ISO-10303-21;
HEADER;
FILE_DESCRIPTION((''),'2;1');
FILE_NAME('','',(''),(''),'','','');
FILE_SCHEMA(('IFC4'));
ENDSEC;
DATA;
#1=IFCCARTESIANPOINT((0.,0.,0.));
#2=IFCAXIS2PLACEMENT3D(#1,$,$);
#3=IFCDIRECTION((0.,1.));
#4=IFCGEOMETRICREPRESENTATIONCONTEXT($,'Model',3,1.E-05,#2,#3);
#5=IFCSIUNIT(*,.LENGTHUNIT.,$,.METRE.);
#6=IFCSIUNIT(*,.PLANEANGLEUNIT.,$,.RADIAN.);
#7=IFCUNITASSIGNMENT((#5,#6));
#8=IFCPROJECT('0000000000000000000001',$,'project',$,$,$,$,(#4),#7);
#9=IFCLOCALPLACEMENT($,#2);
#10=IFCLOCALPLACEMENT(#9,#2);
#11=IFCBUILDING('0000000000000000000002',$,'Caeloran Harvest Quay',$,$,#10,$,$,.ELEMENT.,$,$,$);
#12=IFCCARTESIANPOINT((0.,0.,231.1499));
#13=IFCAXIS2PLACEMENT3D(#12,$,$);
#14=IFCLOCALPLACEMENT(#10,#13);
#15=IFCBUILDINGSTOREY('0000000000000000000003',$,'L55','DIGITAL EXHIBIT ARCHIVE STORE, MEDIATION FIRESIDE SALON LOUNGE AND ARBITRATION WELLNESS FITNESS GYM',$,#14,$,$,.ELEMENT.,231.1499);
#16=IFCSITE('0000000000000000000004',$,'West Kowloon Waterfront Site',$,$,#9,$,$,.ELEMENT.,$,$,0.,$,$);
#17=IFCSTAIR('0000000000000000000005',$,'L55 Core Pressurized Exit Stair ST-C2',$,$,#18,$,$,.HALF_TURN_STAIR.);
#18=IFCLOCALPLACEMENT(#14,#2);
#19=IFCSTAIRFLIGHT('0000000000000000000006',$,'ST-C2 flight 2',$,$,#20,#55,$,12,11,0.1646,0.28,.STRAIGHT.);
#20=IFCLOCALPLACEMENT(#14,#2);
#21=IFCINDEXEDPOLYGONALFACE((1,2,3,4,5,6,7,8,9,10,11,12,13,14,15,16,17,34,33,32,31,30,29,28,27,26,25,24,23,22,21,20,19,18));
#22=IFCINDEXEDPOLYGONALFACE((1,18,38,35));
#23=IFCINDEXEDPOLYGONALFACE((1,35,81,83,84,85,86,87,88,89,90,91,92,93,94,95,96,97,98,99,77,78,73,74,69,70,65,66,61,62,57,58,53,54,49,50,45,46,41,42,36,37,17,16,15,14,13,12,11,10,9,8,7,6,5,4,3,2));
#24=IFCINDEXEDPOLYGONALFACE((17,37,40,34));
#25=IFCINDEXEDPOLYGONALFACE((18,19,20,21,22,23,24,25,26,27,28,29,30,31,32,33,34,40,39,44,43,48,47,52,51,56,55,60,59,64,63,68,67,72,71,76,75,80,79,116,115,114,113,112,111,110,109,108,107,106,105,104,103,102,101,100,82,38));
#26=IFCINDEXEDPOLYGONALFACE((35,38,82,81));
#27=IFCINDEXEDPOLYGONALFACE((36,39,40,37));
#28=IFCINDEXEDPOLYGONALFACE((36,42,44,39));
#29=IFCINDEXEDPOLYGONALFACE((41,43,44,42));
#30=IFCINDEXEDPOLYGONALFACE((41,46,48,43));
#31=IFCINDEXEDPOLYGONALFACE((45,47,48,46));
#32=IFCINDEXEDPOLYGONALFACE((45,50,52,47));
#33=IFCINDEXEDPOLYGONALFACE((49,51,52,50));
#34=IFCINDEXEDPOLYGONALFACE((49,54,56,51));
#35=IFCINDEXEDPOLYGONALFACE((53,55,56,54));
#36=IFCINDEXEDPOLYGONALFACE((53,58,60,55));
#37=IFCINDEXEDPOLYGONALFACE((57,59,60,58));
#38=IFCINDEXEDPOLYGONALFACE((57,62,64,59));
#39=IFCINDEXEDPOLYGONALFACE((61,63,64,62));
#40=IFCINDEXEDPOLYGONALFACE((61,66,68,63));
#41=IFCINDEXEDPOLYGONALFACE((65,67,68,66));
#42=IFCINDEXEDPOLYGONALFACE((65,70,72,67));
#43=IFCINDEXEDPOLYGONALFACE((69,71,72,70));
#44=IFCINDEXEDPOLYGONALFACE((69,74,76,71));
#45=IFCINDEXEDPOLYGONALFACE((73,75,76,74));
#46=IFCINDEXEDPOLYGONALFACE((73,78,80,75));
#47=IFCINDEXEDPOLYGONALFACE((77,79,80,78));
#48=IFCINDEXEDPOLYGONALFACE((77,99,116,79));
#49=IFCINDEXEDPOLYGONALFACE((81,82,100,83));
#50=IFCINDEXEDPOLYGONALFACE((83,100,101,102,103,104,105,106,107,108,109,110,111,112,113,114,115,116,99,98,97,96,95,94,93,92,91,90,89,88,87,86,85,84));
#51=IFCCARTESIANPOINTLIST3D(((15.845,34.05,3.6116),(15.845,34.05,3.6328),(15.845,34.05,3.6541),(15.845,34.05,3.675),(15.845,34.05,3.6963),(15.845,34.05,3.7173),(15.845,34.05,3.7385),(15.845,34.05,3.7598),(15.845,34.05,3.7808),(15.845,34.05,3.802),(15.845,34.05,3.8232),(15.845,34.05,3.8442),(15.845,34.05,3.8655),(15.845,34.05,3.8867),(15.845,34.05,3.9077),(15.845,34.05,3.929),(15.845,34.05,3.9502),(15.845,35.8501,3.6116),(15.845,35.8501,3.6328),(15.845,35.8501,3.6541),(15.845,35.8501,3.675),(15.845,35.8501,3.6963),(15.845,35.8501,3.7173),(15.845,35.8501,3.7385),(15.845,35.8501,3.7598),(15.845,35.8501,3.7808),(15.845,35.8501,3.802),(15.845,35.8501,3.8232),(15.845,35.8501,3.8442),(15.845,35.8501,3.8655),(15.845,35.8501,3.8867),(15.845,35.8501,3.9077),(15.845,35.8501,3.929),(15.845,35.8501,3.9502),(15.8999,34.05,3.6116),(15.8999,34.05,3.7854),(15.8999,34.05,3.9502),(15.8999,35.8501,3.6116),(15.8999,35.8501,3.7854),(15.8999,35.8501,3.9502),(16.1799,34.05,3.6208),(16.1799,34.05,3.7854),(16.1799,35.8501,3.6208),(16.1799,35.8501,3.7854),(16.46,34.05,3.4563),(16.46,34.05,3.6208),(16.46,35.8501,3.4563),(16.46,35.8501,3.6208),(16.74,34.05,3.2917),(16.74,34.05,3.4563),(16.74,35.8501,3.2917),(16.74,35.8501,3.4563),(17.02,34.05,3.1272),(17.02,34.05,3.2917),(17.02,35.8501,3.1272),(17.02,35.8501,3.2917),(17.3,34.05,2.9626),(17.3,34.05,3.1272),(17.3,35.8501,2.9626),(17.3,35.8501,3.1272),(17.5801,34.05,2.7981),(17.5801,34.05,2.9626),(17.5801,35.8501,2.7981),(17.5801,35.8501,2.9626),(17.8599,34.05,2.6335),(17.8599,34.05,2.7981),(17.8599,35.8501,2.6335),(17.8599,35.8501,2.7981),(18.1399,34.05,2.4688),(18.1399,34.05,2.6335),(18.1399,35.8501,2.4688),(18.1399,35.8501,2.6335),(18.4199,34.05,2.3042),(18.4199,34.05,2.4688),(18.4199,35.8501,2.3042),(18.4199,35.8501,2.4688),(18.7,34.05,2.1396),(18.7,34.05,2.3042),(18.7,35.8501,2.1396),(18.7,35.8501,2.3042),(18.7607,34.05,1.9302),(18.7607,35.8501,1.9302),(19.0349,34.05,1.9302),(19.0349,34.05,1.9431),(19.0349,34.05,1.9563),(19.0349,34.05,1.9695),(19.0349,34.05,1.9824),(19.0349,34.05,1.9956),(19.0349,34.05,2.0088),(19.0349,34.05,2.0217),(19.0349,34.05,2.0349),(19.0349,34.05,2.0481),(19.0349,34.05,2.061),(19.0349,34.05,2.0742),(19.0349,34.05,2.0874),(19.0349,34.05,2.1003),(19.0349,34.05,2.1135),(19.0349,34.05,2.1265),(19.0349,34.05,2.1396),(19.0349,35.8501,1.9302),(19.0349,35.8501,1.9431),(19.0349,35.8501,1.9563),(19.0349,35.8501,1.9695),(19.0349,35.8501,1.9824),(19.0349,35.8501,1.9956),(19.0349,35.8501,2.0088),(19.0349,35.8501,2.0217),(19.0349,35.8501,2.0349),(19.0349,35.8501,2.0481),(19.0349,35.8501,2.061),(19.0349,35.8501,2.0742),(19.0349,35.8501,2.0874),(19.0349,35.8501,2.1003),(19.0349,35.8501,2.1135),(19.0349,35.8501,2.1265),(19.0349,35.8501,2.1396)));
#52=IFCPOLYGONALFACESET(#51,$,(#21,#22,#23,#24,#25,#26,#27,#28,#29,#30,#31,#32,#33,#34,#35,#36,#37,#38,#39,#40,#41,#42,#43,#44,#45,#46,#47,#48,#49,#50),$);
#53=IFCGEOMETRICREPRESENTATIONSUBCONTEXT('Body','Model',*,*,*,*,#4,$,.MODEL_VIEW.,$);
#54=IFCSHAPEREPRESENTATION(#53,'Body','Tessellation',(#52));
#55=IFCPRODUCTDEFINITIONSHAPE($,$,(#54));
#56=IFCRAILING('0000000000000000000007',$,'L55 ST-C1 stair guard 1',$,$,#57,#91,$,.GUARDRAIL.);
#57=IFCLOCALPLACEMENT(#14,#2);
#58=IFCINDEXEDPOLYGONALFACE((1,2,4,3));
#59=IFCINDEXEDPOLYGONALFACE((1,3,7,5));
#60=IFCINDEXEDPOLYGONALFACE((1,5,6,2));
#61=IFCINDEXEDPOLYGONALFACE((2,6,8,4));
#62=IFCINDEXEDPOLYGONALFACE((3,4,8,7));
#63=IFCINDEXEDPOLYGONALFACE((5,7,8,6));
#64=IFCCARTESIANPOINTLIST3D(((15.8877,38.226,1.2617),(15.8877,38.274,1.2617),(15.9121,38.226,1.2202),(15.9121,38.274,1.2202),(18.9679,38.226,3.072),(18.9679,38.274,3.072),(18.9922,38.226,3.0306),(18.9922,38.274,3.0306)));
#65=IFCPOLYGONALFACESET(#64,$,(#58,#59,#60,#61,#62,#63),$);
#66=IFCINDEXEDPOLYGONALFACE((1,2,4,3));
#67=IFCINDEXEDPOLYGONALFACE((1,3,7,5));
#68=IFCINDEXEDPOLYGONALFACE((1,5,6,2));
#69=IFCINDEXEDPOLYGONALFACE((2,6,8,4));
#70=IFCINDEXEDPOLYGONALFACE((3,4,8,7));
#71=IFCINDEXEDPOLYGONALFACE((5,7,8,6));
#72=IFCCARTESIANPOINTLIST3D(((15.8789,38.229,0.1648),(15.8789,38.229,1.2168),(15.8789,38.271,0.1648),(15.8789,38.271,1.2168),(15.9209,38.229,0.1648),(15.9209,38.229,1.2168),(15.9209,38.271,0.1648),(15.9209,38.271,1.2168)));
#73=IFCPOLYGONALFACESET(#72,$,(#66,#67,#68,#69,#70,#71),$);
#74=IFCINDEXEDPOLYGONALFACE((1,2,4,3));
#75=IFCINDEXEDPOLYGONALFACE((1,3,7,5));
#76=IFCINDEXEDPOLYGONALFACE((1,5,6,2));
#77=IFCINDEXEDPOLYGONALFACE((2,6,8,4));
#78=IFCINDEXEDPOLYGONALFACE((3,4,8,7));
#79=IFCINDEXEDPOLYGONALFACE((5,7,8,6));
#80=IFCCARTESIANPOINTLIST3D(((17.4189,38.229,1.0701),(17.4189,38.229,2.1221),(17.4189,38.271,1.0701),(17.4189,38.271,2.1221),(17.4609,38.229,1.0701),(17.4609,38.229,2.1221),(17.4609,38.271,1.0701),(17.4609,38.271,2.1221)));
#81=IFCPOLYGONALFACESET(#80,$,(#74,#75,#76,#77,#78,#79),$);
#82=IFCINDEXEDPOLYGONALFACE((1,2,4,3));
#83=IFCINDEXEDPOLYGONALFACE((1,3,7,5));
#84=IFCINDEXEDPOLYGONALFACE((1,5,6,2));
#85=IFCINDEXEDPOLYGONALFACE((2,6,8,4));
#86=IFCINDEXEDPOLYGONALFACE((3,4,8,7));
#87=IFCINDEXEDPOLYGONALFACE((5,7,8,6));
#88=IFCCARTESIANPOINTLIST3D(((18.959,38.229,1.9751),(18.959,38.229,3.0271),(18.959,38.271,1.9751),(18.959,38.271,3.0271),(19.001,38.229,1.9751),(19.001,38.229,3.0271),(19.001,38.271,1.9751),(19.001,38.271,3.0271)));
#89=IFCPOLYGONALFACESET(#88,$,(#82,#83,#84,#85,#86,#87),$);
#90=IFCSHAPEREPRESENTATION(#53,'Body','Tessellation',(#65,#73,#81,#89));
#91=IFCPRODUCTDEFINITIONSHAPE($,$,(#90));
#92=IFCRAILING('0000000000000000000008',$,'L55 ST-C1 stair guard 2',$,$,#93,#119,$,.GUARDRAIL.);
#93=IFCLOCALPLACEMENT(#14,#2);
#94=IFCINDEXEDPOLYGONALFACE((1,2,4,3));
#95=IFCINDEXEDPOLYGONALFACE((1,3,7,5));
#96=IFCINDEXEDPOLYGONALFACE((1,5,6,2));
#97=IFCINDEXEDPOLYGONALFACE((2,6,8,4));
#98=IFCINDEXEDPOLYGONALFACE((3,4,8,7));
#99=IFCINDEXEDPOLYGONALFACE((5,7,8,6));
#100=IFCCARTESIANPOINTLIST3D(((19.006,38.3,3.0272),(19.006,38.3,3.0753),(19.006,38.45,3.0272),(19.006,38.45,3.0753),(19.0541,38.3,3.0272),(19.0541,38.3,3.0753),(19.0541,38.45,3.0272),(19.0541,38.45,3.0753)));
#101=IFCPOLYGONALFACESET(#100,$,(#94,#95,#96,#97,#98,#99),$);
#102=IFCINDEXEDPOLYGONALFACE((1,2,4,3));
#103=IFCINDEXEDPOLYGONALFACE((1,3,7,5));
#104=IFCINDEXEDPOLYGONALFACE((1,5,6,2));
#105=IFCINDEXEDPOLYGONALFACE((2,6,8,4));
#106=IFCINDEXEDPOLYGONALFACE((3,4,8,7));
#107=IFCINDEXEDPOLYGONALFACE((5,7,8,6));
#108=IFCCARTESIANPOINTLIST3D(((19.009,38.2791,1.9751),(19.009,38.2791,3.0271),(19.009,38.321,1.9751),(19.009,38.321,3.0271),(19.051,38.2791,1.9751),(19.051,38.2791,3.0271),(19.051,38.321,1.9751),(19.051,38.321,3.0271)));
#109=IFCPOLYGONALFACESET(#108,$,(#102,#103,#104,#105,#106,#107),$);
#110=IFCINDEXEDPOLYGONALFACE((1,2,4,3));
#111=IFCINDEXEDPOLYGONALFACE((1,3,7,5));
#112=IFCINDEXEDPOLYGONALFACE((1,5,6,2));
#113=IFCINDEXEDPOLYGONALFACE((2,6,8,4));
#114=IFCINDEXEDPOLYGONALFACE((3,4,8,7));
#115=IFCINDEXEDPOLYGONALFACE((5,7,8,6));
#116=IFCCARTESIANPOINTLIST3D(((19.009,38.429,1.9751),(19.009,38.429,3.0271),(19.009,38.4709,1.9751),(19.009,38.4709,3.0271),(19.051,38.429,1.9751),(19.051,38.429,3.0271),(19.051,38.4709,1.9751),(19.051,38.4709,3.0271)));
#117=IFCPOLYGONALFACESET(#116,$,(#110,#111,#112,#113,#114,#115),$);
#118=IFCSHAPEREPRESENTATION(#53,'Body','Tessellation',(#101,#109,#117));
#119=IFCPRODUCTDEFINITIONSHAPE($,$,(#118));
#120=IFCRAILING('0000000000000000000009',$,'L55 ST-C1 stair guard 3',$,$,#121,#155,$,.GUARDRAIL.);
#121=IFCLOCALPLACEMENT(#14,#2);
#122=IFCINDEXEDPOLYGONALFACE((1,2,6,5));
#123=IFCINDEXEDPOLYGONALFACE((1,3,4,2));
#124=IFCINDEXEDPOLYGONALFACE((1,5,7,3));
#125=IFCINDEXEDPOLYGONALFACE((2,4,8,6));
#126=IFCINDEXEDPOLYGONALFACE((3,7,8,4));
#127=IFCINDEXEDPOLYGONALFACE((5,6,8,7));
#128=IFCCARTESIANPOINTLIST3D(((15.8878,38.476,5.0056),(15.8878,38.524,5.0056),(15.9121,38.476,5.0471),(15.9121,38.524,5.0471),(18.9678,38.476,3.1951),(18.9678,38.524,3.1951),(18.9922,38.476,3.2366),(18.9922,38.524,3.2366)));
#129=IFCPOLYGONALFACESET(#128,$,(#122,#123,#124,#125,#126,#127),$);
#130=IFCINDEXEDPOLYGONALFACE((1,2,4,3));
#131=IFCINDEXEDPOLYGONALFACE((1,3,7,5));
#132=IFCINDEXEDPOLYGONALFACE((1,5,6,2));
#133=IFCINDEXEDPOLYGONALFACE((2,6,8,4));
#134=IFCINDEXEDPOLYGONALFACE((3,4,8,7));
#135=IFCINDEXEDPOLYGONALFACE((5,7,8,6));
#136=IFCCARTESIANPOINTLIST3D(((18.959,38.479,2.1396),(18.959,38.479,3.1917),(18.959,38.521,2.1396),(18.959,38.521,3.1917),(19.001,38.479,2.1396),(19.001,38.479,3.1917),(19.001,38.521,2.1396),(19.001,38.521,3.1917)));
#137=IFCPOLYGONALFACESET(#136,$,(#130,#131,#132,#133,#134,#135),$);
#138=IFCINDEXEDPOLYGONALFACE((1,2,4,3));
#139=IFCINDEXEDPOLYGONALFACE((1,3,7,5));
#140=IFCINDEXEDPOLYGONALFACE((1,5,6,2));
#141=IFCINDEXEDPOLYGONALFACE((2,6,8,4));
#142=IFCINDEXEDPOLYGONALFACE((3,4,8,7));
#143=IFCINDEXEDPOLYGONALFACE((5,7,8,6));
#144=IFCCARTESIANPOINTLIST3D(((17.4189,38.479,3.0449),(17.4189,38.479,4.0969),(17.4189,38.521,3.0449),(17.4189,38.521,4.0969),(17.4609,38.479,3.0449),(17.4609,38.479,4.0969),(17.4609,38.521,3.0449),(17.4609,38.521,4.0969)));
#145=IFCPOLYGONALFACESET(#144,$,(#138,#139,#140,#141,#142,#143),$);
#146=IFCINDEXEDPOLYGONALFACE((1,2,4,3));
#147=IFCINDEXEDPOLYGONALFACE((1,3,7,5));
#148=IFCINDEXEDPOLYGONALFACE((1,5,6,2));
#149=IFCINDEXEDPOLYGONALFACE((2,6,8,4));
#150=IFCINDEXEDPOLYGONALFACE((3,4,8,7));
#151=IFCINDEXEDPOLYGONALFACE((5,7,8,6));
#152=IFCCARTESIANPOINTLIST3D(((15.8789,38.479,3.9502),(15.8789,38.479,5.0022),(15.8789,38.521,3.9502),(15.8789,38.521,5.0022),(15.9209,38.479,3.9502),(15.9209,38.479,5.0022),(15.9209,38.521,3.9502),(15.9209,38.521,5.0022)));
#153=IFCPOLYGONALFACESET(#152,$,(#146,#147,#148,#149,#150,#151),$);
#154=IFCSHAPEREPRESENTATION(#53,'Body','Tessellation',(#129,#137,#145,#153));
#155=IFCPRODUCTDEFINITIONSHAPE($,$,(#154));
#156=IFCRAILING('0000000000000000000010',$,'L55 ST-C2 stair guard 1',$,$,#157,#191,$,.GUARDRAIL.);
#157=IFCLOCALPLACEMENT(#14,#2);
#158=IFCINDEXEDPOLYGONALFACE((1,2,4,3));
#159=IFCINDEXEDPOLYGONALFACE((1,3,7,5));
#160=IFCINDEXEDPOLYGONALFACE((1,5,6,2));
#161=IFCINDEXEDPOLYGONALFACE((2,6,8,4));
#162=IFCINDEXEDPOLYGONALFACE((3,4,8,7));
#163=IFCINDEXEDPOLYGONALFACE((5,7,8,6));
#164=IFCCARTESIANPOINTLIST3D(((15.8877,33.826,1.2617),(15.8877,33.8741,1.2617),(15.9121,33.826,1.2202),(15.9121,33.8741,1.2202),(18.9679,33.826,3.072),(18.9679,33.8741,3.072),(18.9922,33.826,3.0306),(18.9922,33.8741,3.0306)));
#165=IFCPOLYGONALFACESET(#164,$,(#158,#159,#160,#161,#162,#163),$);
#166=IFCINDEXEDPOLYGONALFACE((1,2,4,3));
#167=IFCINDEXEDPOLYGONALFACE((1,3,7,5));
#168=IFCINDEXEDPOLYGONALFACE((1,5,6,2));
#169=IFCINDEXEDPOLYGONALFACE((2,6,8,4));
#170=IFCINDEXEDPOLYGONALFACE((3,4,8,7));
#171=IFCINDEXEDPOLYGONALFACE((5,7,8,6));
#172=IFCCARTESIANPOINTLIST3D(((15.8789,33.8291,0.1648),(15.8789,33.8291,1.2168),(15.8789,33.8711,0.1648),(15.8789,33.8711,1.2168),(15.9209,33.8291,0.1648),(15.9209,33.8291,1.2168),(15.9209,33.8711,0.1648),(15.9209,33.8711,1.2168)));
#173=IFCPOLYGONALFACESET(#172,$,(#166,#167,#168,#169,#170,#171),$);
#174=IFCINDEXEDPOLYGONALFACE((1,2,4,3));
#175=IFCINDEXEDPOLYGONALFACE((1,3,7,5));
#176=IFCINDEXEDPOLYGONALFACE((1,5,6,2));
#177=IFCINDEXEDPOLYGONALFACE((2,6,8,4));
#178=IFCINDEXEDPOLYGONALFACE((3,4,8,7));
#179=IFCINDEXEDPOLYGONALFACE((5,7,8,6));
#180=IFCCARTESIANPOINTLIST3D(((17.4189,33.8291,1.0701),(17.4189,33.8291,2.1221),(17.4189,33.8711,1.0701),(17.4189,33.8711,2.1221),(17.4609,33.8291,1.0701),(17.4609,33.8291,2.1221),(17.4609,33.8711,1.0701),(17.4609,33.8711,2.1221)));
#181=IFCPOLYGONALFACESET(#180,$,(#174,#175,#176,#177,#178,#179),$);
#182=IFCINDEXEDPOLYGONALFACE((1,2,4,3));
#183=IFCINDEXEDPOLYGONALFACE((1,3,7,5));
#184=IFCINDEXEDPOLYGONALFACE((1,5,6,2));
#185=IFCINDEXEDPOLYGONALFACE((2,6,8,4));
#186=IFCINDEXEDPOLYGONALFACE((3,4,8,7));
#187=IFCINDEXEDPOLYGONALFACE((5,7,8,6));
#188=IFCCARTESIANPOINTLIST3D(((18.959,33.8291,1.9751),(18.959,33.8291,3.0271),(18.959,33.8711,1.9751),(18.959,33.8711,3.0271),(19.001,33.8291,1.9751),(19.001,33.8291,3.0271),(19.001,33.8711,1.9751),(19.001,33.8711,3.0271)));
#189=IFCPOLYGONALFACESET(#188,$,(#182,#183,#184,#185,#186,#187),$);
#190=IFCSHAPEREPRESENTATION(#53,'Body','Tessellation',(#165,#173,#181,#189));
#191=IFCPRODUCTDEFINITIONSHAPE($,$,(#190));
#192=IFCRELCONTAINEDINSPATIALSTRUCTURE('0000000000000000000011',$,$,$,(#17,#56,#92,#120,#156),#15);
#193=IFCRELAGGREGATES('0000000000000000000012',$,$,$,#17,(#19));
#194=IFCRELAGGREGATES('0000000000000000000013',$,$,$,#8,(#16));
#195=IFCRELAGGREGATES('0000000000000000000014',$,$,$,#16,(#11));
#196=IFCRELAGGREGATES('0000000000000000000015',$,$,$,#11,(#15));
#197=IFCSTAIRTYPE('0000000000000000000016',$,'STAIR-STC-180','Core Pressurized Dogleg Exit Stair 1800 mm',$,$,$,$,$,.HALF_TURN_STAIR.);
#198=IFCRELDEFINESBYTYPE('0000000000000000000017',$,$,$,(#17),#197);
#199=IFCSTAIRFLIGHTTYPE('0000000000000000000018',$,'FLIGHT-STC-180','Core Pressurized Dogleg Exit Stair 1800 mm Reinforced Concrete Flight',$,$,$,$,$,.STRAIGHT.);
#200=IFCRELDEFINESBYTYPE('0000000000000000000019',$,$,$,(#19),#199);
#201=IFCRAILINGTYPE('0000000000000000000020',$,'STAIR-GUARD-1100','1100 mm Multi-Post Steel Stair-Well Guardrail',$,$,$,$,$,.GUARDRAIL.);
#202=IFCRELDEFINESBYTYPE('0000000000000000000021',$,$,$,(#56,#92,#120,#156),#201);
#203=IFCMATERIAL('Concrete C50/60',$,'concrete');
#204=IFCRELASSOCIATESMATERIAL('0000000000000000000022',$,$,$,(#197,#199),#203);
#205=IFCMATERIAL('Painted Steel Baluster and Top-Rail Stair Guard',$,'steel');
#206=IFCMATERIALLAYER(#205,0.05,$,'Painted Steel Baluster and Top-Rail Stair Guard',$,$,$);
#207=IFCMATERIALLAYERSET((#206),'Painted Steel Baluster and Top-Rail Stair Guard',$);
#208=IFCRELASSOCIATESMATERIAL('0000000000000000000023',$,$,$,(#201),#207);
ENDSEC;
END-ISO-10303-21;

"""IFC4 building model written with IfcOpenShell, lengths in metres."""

from ifc_helpers import new_model, si_unit, direction, frame, origin, origin_2d, place, context, subcontext, project, spatial, polyline, rectangle, outline, extrude, material, layer, layer_set, type_object, element, aggregate, save


model = new_model("IFC4")

# Units and contexts
model_context = context("Model", 3, precision=1e-05, world=origin(), true_north=direction((0.0, 1.0)))
body_context = subcontext(model_context, "Body", "Model", "MODEL_VIEW")
ifc_project = project(units=[si_unit("LENGTHUNIT", "METRE"), si_unit("PLANEANGLEUNIT", "RADIAN")], contexts=[model_context])

# Site, building, storey
site_placement = place(None, origin())
site = spatial("IfcSite", under=ifc_project, at=site_placement, Name="West Kowloon Waterfront Site", CompositionType="ELEMENT", RefElevation=0.0)
building_placement = place(site_placement, origin())
building = spatial("IfcBuilding", under=site, at=building_placement, Name="Caeloran Harvest Quay", CompositionType="ELEMENT")
storey_placement = place(building_placement, frame((0.0, 0.0, 231.1499)))
storey = spatial("IfcBuildingStorey", under=building, at=storey_placement, Name="L55", Description="DIGITAL EXHIBIT ARCHIVE STORE, MEDIATION FIRESIDE SALON LOUNGE AND ARBITRATION WELLNESS FITNESS GYM", CompositionType="ELEMENT", Elevation=231.1499)

# Shared definitions
ifc_material_1 = material(Name="Concrete C50/60", Category="concrete")

# Stair, stair flight
stair_type = type_object("IfcStairType", Name="STAIR-STC-180", Description="Core Pressurized Dogleg Exit Stair 1800 mm", PredefinedType="HALF_TURN_STAIR", material=ifc_material_1)
stair_flight_type = type_object("IfcStairFlightType", Name="FLIGHT-STC-180", Description="Core Pressurized Dogleg Exit Stair 1800 mm Reinforced Concrete Flight", PredefinedType="STRAIGHT", material=ifc_material_1)
stair_1_placement = place(storey_placement, origin())
stair_1 = element("IfcStair", 1, at=stair_1_placement, inside=storey, type_object=stair_type, Name="L55 Core Pressurized Exit Stair ST-C2", PredefinedType="HALF_TURN_STAIR")
stair_flight_1_placement = place(storey_placement, frame((18.98, 34.95, 1.9751), z_axis=(0.0, 0.0, 1.0), x_axis=(-1.0, 0.0, 0.0)))
stair_flight_1 = element("IfcStairFlight", 2, at=stair_flight_1_placement, type_object=stair_flight_type, Name="ST-C2 flight 2", NumberOfRisers=12, NumberOfTreads=11, PredefinedType="STRAIGHT", RiserHeight=0.1646, TreadLength=0.28, context=body_context, shape_type="SweptSolid", body=[
    extrude(outline(polyline([(-0.0549, -0.0449), (-0.0549, -0.032), (-0.0549, -0.0188), (-0.0549, -0.0056), (-0.0549, 0.0073), (-0.0549, 0.0205), (-0.0549, 0.0337), (-0.0549, 0.0466), (-0.0549, 0.0598), (-0.0549, 0.073), (-0.0549, 0.0859), (-0.0549, 0.0991), (-0.0549, 0.1123), (-0.0549, 0.1252), (-0.0549, 0.1384), (-0.0549, 0.1514), (-0.0549, 0.1646), (0.28, 0.1646), (0.28, 0.3291), (0.5601, 0.3291), (0.5601, 0.4937), (0.8401, 0.4937), (0.8401, 0.6584), (1.1201, 0.6584), (1.1201, 0.823), (1.3999, 0.823), (1.3999, 0.9875), (1.6799, 0.9875), (1.6799, 1.1521), (1.96, 1.1521), (1.96, 1.3167), (2.24, 1.3167), (2.24, 1.4812), (2.52, 1.4812), (2.52, 1.6458), (2.8, 1.6458), (2.8, 1.8103), (3.0801, 1.8103), (3.0801, 1.9751), (3.135, 1.9751), (3.135, 1.9539), (3.135, 1.9326), (3.135, 1.9116), (3.135, 1.8904), (3.135, 1.8691), (3.135, 1.8481), (3.135, 1.8269), (3.135, 1.8057), (3.135, 1.7847), (3.135, 1.7634), (3.135, 1.7422), (3.135, 1.7212), (3.135, 1.7), (3.135, 1.679), (3.135, 1.6577), (3.135, 1.6365), (3.0801, 1.6365), (0.2192, -0.0449), (-0.0549, -0.0449)])), frame((0.0, 0.8999, 0.0), z_axis=(0.0, -1.0, 0.0), x_axis=(1.0, 0.0, 0.0)), (0.0, 0.0, 1.0), 1.8),
])
aggregate(stair_1, [stair_flight_1])

# Railings
ifc_material_2 = material(Name="Painted Steel Baluster and Top-Rail Stair Guard", Category="steel")
ifc_layer_1 = layer(ifc_material_2, 0.05, Name="Painted Steel Baluster and Top-Rail Stair Guard")
ifc_layer_set_1 = layer_set([ifc_layer_1], Name="Painted Steel Baluster and Top-Rail Stair Guard")
railing_type_1 = type_object("IfcRailingType", Name="STAIR-GUARD-1100", Description="1100 mm Multi-Post Steel Stair-Well Guardrail", PredefinedType="GUARDRAIL", material=ifc_layer_set_1)
railing_1_placement = place(storey_placement, frame((15.8999, 38.25, 0.1648)))
element("IfcRailing", 3, at=railing_1_placement, inside=storey, type_object=railing_type_1, Name="L55 ST-C1 stair guard 1", PredefinedType="GUARDRAIL", context=body_context, shape_type="SweptSolid", body=[
    extrude(rectangle(XDim=0.0481, YDim=0.0481, at=origin_2d()), frame((0.0, 0.0, 1.0762), z_axis=(0.862119, 0.0, 0.506707), x_axis=(0.0, 1.0, 0.0)), (0.0, 0.0, 1.0), 3.5728),
    extrude(rectangle(XDim=0.042, YDim=0.042, at=origin_2d()), origin(), (0.0, 0.0, 1.0), 1.052),
    extrude(rectangle(XDim=0.042, YDim=0.042, at=origin_2d()), frame((1.54, 0.0, 0.9053)), (0.0, 0.0, 1.0), 1.052),
    extrude(rectangle(XDim=0.042, YDim=0.042, at=origin_2d()), frame((3.0801, 0.0, 1.8103)), (0.0, 0.0, 1.0), 1.052),
])
railing_2_placement = place(storey_placement, frame((19.03, 38.3, 1.9751)))
element("IfcRailing", 4, at=railing_2_placement, inside=storey, type_object=railing_type_1, Name="L55 ST-C1 stair guard 2", PredefinedType="GUARDRAIL", context=body_context, shape_type="SweptSolid", body=[
    extrude(rectangle(XDim=0.0481, YDim=0.0481, at=origin_2d()), frame((0.0, 0.0, 1.0762), z_axis=(0.0, 1.0, 0.0), x_axis=(-1.0, 0.0, 0.0)), (0.0, 0.0, 1.0), 0.1499),
    extrude(rectangle(XDim=0.042, YDim=0.042, at=origin_2d()), origin(), (0.0, 0.0, 1.0), 1.052),
    extrude(rectangle(XDim=0.042, YDim=0.042, at=origin_2d()), frame((0.0, 0.1499, 0.0)), (0.0, 0.0, 1.0), 1.052),
])
railing_3_placement = place(storey_placement, frame((18.98, 38.5, 2.1396)))
element("IfcRailing", 5, at=railing_3_placement, inside=storey, type_object=railing_type_1, Name="L55 ST-C1 stair guard 3", PredefinedType="GUARDRAIL", context=body_context, shape_type="SweptSolid", body=[
    extrude(rectangle(XDim=0.0481, YDim=0.0481, at=origin_2d()), frame((0.0, 0.0, 1.0762), z_axis=(-0.862089, 0.0, 0.506757), x_axis=(0.0, -1.0, 0.0)), (0.0, 0.0, 1.0), 3.5728),
    extrude(rectangle(XDim=0.042, YDim=0.042, at=origin_2d()), origin(), (0.0, 0.0, 1.0), 1.052),
    extrude(rectangle(XDim=0.042, YDim=0.042, at=origin_2d()), frame((-1.54, 0.0, 0.9053)), (0.0, 0.0, 1.0), 1.052),
    extrude(rectangle(XDim=0.042, YDim=0.042, at=origin_2d()), frame((-3.0801, 0.0, 1.8105)), (0.0, 0.0, 1.0), 1.052),
])
railing_4_placement = place(storey_placement, frame((15.8999, 33.8501, 0.1648)))
element("IfcRailing", 6, at=railing_4_placement, inside=storey, type_object=railing_type_1, Name="L55 ST-C2 stair guard 1", PredefinedType="GUARDRAIL", context=body_context, shape_type="SweptSolid", body=[
    extrude(rectangle(XDim=0.0481, YDim=0.0481, at=origin_2d()), frame((0.0, 0.0, 1.0762), z_axis=(0.862119, 0.0, 0.506707), x_axis=(0.0, 1.0, 0.0)), (0.0, 0.0, 1.0), 3.5728),
    extrude(rectangle(XDim=0.042, YDim=0.042, at=origin_2d()), origin(), (0.0, 0.0, 1.0), 1.052),
    extrude(rectangle(XDim=0.042, YDim=0.042, at=origin_2d()), frame((1.54, 0.0, 0.9053)), (0.0, 0.0, 1.0), 1.052),
    extrude(rectangle(XDim=0.042, YDim=0.042, at=origin_2d()), frame((3.0801, 0.0, 1.8103)), (0.0, 0.0, 1.0), 1.052),
])

save(model, "model.ifc")
